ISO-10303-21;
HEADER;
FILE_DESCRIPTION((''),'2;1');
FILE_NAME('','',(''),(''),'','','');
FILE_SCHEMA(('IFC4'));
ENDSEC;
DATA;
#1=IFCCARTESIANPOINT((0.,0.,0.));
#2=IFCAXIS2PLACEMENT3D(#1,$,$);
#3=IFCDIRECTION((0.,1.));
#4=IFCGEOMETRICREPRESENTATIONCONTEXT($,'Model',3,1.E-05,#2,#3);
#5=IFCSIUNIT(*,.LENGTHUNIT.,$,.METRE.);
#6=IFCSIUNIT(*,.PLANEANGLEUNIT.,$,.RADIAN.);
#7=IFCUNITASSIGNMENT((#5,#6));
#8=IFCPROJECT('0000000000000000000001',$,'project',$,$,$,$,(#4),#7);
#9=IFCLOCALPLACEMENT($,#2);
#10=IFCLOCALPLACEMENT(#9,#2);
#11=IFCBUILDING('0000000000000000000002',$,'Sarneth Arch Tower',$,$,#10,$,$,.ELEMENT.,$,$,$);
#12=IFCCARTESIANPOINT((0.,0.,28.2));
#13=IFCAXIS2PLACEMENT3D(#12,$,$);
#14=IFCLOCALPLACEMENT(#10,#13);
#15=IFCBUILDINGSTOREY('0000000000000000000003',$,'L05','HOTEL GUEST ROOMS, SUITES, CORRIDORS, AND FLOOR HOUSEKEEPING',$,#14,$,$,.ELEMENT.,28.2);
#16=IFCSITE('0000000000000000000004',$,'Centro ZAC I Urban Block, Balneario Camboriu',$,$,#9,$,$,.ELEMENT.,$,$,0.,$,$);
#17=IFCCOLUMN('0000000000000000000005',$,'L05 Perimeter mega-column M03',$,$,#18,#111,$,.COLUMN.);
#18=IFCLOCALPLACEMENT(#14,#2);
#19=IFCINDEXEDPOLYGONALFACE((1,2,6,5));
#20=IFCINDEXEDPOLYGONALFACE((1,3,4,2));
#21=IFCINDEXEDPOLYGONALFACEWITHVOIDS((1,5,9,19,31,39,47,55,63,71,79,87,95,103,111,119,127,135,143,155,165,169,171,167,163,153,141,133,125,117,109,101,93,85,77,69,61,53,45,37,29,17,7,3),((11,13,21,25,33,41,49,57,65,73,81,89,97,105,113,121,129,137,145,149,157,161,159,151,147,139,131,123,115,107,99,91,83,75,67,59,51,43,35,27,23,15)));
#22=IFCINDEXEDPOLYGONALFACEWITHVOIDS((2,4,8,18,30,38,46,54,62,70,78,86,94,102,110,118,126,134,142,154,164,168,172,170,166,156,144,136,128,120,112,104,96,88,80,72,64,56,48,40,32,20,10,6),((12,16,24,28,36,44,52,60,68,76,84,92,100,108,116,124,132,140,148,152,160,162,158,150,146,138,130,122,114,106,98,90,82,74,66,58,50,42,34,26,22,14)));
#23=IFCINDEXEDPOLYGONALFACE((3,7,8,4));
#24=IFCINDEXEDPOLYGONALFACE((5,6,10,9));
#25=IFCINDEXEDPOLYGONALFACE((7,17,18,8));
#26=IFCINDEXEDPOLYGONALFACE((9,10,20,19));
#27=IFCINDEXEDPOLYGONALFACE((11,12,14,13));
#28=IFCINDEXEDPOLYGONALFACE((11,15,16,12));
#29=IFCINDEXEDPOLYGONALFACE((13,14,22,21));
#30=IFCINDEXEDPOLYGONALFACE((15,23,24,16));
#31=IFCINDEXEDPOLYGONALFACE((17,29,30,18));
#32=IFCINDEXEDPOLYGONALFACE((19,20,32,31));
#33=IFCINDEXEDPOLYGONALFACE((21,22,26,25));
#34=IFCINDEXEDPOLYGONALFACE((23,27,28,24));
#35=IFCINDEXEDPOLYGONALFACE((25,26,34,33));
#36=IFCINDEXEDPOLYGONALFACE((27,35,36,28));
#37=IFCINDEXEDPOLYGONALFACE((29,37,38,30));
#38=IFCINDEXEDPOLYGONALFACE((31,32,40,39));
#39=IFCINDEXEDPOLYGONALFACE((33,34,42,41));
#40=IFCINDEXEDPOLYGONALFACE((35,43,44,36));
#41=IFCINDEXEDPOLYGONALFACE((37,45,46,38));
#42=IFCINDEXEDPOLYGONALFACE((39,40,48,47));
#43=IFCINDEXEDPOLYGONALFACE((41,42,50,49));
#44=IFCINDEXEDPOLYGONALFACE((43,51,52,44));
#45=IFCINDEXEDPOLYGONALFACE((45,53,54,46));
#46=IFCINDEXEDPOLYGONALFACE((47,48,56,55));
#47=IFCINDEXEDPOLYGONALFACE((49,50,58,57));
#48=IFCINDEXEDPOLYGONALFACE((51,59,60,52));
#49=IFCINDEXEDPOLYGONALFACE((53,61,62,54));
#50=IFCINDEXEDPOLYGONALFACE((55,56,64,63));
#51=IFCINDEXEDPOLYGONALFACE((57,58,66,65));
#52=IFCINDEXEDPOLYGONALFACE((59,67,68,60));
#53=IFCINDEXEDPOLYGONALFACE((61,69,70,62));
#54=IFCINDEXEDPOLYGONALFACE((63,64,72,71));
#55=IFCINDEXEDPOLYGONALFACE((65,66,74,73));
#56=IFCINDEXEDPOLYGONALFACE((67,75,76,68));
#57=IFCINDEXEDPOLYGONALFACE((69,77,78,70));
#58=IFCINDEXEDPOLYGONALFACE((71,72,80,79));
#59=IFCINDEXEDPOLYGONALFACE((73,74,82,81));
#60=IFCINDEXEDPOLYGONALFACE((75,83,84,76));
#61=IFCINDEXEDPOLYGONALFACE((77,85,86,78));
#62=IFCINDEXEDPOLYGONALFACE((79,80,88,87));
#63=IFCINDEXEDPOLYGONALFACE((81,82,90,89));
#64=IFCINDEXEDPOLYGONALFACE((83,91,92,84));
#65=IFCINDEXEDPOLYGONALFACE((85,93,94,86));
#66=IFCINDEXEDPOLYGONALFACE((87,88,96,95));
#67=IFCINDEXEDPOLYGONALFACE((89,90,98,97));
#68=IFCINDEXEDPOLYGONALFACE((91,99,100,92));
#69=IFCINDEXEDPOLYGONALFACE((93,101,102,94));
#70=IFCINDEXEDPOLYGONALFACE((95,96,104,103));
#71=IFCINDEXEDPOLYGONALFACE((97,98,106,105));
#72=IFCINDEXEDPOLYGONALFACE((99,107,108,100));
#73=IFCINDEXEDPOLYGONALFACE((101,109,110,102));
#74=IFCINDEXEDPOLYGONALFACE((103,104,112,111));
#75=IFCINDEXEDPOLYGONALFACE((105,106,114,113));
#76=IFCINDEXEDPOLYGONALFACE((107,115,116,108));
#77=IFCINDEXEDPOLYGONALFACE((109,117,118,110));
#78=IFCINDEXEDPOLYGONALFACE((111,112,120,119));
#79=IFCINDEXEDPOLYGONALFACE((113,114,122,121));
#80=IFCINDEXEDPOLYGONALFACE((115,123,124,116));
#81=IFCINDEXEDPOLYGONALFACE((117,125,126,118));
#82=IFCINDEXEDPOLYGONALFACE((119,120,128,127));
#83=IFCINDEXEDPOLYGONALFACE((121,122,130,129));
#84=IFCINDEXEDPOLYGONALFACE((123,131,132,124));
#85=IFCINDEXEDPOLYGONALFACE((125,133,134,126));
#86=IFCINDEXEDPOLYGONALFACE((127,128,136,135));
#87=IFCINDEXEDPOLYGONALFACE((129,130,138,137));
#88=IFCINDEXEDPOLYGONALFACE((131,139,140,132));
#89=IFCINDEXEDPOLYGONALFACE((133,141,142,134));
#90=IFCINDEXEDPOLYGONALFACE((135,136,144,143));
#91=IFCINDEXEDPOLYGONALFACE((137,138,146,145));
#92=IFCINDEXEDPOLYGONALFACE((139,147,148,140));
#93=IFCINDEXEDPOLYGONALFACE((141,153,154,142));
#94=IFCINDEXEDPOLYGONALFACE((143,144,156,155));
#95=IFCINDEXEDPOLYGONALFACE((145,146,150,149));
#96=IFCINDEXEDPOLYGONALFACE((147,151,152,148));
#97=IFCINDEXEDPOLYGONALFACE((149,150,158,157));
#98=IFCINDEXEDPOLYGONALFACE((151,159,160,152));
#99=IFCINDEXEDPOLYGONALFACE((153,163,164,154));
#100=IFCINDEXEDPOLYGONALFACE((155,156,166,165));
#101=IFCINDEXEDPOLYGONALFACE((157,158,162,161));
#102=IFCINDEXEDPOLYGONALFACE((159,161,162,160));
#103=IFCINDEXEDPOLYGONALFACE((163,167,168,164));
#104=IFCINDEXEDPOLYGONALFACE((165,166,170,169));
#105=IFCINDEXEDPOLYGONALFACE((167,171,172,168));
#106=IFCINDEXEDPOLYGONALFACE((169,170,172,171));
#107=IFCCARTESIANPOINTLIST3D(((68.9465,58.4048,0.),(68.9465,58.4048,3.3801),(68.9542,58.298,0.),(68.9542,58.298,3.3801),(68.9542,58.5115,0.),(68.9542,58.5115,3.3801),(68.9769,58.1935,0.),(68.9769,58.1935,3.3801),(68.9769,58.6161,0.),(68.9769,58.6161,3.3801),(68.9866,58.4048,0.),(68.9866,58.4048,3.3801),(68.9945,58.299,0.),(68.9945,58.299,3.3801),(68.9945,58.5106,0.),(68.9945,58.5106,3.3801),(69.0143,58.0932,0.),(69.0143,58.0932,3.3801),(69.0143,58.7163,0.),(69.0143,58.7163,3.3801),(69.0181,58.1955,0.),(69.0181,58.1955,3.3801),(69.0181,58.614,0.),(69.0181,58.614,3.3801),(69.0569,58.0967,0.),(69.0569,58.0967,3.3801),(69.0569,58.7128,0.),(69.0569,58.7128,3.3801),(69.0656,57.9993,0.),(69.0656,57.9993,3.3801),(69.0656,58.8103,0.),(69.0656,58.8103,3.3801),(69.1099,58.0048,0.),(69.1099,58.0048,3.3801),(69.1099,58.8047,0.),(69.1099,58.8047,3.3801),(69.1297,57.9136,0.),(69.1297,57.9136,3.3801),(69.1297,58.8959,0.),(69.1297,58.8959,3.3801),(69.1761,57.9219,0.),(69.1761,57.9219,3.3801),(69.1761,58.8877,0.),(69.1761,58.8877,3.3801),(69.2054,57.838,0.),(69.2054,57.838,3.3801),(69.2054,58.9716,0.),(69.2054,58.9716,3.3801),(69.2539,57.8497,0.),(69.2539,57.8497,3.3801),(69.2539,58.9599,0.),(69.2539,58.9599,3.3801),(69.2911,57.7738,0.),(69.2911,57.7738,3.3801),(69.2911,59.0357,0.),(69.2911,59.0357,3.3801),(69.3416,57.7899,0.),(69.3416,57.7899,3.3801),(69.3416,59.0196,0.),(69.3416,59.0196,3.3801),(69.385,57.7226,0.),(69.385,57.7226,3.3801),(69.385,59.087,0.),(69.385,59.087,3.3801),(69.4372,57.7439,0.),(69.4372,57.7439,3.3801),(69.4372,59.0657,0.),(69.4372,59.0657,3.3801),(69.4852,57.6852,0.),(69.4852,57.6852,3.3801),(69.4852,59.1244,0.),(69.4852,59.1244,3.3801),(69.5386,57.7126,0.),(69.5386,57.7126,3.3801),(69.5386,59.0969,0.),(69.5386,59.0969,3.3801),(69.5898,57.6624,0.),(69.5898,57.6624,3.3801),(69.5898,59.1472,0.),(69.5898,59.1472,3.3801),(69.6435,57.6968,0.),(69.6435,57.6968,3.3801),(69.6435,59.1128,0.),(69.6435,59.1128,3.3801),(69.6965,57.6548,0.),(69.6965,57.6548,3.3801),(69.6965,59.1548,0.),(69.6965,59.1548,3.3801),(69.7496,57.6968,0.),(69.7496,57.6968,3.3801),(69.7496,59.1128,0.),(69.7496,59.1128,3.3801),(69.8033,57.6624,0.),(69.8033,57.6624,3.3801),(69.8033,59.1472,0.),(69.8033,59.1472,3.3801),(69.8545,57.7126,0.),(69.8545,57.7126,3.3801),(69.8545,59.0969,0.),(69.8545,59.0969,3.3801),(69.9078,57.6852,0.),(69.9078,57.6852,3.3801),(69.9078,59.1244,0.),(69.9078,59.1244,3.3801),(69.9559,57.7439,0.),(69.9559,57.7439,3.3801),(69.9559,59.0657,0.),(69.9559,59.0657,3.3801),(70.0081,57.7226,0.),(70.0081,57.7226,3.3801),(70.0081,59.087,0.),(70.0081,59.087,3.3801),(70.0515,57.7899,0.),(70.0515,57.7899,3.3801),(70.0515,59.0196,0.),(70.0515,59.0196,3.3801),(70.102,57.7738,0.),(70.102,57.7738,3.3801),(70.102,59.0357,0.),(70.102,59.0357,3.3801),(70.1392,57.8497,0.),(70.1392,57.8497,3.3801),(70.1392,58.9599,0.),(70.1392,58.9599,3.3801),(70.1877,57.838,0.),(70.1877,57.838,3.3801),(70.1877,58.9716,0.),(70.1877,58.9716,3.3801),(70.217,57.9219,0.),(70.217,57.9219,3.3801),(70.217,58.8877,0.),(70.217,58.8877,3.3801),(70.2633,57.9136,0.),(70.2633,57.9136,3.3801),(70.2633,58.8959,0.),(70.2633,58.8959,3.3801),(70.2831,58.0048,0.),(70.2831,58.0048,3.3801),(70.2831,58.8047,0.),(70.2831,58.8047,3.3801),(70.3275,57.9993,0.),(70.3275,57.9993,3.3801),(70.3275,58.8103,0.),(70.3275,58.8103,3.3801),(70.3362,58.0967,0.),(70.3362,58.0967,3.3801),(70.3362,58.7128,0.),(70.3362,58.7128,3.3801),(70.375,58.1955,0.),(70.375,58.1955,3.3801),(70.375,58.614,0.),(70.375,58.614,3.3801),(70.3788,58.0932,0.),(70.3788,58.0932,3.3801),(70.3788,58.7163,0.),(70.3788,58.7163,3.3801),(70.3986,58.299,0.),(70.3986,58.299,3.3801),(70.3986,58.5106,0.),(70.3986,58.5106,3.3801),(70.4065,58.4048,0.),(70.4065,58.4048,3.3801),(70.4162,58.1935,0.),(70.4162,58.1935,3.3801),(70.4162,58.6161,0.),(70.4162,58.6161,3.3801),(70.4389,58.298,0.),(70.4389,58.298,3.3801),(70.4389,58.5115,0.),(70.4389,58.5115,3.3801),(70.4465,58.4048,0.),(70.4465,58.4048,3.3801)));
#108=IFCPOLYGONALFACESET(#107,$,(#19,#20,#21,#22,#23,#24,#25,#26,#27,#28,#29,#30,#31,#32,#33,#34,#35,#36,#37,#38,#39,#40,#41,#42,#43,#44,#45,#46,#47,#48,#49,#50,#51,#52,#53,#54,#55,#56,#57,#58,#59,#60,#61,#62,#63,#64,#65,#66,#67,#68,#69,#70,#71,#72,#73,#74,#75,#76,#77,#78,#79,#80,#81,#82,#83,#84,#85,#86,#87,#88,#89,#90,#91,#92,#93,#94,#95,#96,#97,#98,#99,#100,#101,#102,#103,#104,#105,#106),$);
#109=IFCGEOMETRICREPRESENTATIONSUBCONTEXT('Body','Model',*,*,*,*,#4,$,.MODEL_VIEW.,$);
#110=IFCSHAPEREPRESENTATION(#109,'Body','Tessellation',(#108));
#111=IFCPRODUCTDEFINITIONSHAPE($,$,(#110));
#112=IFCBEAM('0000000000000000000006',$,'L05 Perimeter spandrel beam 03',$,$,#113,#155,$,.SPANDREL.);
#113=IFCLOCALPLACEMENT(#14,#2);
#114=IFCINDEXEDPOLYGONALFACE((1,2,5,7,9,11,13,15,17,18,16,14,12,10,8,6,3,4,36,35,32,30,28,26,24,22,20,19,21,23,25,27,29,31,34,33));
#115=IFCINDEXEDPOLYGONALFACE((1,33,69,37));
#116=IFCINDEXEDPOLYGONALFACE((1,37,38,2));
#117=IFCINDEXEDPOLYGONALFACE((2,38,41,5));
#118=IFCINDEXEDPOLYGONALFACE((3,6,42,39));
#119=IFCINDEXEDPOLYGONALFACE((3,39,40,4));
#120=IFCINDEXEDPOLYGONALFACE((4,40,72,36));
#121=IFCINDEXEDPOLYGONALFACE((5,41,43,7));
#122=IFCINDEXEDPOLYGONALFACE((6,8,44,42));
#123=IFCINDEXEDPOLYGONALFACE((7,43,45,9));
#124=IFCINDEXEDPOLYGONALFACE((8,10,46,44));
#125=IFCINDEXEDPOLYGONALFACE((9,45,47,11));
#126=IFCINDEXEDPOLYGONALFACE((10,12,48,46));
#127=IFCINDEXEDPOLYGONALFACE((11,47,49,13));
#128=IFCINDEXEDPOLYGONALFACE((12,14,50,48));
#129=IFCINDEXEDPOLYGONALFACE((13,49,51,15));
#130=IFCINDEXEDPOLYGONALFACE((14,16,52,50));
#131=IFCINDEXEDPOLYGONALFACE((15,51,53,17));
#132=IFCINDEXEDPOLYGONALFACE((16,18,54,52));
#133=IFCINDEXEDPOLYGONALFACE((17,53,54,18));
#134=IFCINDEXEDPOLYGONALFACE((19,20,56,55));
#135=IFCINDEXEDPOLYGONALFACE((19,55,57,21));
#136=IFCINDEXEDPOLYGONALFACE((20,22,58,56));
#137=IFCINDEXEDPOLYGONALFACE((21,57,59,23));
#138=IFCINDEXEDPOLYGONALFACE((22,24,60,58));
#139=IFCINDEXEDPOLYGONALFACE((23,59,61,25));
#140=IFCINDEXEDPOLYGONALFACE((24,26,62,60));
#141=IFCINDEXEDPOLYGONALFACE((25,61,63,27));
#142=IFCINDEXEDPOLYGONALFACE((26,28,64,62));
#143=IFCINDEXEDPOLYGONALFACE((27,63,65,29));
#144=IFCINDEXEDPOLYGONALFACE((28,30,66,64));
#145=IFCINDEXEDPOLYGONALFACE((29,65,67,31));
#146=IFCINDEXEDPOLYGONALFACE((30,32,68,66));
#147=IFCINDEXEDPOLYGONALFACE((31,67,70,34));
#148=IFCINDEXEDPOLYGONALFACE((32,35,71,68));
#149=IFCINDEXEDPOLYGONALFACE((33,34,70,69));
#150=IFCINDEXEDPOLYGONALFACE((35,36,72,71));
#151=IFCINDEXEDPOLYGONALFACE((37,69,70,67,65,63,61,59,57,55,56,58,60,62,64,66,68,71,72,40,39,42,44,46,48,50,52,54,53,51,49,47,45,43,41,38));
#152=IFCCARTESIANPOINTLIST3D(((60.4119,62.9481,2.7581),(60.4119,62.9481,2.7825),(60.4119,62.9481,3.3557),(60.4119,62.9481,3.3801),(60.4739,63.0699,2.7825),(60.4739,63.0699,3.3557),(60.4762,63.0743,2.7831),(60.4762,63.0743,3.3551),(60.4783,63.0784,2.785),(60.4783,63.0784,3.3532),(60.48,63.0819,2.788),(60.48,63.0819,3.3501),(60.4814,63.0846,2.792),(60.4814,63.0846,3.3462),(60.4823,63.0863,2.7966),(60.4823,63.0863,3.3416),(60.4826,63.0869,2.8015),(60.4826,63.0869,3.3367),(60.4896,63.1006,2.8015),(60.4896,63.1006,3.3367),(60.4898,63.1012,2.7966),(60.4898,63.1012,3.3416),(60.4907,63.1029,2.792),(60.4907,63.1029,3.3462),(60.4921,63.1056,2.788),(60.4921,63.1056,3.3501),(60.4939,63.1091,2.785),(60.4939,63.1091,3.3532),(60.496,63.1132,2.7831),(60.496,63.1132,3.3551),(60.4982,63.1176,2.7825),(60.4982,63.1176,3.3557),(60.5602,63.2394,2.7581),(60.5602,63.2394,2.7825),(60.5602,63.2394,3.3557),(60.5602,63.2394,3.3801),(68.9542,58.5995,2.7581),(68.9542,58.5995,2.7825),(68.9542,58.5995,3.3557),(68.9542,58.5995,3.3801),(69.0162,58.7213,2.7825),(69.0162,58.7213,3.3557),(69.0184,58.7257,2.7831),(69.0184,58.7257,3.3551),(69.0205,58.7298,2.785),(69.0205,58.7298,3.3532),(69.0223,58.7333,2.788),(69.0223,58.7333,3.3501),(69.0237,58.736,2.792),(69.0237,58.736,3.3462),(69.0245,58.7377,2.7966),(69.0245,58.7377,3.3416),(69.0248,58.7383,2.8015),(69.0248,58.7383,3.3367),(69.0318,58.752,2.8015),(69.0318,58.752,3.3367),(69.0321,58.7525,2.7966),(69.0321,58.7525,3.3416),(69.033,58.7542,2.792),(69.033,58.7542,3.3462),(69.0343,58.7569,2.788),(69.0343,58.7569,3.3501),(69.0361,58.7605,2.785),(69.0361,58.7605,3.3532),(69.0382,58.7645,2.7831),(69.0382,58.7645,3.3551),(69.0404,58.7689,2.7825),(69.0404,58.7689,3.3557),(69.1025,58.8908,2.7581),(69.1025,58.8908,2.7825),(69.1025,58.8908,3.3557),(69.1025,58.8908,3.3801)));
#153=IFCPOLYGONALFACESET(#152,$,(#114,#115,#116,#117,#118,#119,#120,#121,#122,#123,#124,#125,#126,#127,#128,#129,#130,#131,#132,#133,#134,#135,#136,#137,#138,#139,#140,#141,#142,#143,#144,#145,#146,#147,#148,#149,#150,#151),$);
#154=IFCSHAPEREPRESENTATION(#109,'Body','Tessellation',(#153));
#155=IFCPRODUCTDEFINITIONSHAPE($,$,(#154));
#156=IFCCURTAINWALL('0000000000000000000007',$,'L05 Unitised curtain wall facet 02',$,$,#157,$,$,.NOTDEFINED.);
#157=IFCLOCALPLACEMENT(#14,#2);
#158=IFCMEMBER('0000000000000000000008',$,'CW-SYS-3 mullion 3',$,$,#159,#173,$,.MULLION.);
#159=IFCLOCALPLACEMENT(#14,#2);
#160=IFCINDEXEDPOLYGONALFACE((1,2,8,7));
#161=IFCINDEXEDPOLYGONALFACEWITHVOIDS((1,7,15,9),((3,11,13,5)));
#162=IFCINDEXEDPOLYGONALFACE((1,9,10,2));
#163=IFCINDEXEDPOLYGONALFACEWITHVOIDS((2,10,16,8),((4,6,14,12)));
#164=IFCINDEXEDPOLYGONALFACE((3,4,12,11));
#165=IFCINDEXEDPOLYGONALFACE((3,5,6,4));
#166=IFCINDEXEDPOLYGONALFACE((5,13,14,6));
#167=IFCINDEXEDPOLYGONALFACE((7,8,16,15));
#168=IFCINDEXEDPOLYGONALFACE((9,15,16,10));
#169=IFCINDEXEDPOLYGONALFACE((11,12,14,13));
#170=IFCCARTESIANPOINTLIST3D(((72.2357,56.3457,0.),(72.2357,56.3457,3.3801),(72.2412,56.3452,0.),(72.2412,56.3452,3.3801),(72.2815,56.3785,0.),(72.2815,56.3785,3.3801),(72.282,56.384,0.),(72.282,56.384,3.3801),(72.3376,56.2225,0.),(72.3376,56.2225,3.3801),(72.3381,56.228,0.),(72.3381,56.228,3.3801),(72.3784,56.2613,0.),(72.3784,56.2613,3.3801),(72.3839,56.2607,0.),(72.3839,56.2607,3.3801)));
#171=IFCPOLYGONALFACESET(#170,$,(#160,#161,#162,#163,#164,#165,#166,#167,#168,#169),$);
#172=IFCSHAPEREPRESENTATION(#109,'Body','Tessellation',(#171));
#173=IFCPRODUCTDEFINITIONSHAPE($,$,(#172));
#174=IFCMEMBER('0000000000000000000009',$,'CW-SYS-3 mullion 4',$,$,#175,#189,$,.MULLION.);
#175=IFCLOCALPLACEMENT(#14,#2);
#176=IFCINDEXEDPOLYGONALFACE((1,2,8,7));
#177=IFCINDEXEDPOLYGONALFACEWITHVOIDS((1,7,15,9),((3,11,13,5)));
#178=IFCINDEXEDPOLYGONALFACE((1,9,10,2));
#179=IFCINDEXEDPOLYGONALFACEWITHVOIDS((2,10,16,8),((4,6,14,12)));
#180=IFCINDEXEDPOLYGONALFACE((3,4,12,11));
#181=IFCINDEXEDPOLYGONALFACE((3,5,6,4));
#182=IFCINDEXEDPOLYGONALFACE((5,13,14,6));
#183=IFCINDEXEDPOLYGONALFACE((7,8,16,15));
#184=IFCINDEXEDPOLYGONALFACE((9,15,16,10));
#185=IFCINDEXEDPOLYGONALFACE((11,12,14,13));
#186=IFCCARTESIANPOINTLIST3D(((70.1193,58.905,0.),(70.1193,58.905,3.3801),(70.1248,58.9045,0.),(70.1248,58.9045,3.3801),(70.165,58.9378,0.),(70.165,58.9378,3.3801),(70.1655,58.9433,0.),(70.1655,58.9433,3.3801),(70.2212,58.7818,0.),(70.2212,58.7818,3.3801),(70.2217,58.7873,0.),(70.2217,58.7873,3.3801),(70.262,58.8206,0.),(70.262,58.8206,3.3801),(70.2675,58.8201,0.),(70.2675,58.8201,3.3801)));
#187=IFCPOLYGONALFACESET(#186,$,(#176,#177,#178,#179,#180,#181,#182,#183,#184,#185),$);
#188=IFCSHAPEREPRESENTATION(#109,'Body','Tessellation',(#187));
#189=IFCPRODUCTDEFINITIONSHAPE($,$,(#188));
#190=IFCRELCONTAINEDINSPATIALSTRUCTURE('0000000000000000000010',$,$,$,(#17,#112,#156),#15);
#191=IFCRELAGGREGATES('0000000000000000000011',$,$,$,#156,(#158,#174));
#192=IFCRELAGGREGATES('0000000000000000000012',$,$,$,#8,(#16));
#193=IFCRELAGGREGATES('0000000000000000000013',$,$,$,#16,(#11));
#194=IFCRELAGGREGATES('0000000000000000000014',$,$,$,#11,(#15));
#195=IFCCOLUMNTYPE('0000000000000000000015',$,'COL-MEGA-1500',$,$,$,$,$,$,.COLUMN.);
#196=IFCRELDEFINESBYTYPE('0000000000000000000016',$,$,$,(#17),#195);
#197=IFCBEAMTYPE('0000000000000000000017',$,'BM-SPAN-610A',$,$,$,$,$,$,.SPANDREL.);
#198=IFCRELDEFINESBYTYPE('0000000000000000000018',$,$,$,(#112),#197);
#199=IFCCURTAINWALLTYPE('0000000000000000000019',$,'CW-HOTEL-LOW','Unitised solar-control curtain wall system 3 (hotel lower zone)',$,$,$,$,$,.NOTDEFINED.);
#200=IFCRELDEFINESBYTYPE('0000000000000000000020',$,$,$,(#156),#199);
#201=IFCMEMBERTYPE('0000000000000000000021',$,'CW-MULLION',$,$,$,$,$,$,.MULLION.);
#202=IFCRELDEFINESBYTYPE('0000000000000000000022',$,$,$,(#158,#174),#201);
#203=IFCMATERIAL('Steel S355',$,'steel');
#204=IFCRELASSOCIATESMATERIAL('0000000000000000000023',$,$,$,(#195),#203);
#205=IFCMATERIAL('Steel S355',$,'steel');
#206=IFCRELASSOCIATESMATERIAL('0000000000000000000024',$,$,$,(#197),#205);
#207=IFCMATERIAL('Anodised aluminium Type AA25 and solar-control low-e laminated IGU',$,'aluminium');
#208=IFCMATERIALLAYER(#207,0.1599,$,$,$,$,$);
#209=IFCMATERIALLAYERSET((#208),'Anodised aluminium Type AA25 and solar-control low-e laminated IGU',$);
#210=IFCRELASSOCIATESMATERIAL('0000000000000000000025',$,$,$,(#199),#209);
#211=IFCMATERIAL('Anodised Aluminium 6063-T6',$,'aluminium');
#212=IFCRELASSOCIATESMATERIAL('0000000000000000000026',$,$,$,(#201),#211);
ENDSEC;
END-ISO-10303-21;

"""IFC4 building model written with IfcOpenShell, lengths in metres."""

from ifc_helpers import new_model, si_unit, direction, frame, origin, origin_2d, place, context, subcontext, project, spatial, hollow_rectangle, hollow_circle, i_section, extrude, material, layer, layer_set, material_profile, profile_set, type_object, element, aggregate, save


model = new_model("IFC4")

# Units and contexts
model_context = context("Model", 3, precision=1e-05, world=origin(), true_north=direction((0.0, 1.0)))
body_context = subcontext(model_context, "Body", "Model", "MODEL_VIEW")
ifc_project = project(units=[si_unit("LENGTHUNIT", "METRE"), si_unit("PLANEANGLEUNIT", "RADIAN")], contexts=[model_context])

# Site, building, storey
site_placement = place(None, origin())
site = spatial("IfcSite", under=ifc_project, at=site_placement, Name="Centro ZAC I Urban Block, Balneario Camboriu", CompositionType="ELEMENT", RefElevation=0.0)
building_placement = place(site_placement, origin())
building = spatial("IfcBuilding", under=site, at=building_placement, Name="Sarneth Arch Tower", CompositionType="ELEMENT")
storey_placement = place(building_placement, frame((0.0, 0.0, 28.2)))
storey = spatial("IfcBuildingStorey", under=building, at=storey_placement, Name="L05", Description="HOTEL GUEST ROOMS, SUITES, CORRIDORS, AND FLOOR HOUSEKEEPING", CompositionType="ELEMENT", Elevation=28.2)

# Column
ifc_material_1 = material(Name="Steel S355", Category="steel")
ifc_material_profile_1 = material_profile(ifc_material_1, hollow_circle(Radius=0.75, WallThickness=0.04, at=origin_2d()), Name="CHS1500x40")
ifc_profile_set_1 = profile_set([ifc_material_profile_1], Name="Steel S355")
column_type = type_object("IfcColumnType", Name="COL-MEGA-1500", PredefinedType="COLUMN", material=ifc_profile_set_1)
column_placement = place(storey_placement, frame((69.6965, 58.4048, 0.0), z_axis=(0.0, 0.0, 1.0), x_axis=(1.0, 0.0, 0.0)))
element("IfcColumn", 1, at=column_placement, inside=storey, type_object=column_type, Name="L05 Perimeter mega-column M03", PredefinedType="COLUMN", context=body_context, shape_type="SweptSolid", body=[
    extrude(hollow_circle(Radius=0.75, WallThickness=0.04, at=origin_2d()), origin(), (0.0, 0.0, 1.0), 3.3801),
])

# Beam
ifc_material_2 = material(Name="Steel S355", Category="steel")
ifc_material_profile_2 = material_profile(ifc_material_2, i_section(OverallWidth=0.3269, OverallDepth=0.6221, WebThickness=0.0154, FlangeThickness=0.0244, FilletRadius=0.019, at=origin_2d()), Name="W610x195")
ifc_profile_set_2 = profile_set([ifc_material_profile_2], Name="Steel S355")
beam_type = type_object("IfcBeamType", Name="BM-SPAN-610A", PredefinedType="SPANDREL", material=ifc_profile_set_2)
beam_placement = place(storey_placement, frame((69.0283, 58.7451, 3.0691), z_axis=(-0.891169, 0.453671, 0.0), x_axis=(-0.453671, -0.891169, 0.0)))
element("IfcBeam", 2, at=beam_placement, inside=storey, type_object=beam_type, Name="L05 Perimeter spandrel beam 03", PredefinedType="SPANDREL", context=body_context, shape_type="SweptSolid", body=[
    extrude(i_section(OverallWidth=0.3269, OverallDepth=0.6221, WebThickness=0.0154, FlangeThickness=0.0244, FilletRadius=0.019, at=origin_2d()), origin(), (0.0, 0.0, 1.0), 9.5854),
])

# Curtain wall, members
ifc_material_3 = material(Name="Anodised aluminium Type AA25 and solar-control low-e laminated IGU", Category="aluminium")
ifc_layer_1 = layer(ifc_material_3, 0.1599)
ifc_layer_set_1 = layer_set([ifc_layer_1], Name="Anodised aluminium Type AA25 and solar-control low-e laminated IGU")
curtain_wall_type = type_object("IfcCurtainWallType", Name="CW-HOTEL-LOW", Description="Unitised solar-control curtain wall system 3 (hotel lower zone)", PredefinedType="NOTDEFINED", material=ifc_layer_set_1)
curtain_wall_placement = place(storey_placement, origin())
curtain_wall = element("IfcCurtainWall", 3, at=curtain_wall_placement, inside=storey, type_object=curtain_wall_type, Name="L05 Unitised curtain wall facet 02", PredefinedType="NOTDEFINED")
ifc_material_4 = material(Name="Anodised Aluminium 6063-T6", Category="aluminium")
ifc_material_profile_3 = material_profile(ifc_material_4, hollow_rectangle(XDim=0.0601, YDim=0.1599, WallThickness=0.0039, at=origin_2d()), Name="AL-MULL-160x60x4")
ifc_profile_set_3 = profile_set([ifc_material_profile_3], Name="Anodised Aluminium 6063-T6")
member_type_1 = type_object("IfcMemberType", Name="CW-MULLION", PredefinedType="MULLION", material=ifc_profile_set_3)
member_1_placement = place(storey_placement, frame((72.3098, 56.3032, 0.0), z_axis=(0.0, 0.0, 1.0), x_axis=(-0.770623, -0.637291, 0.0)))
member_1 = element("IfcMember", 4, at=member_1_placement, type_object=member_type_1, Name="CW-SYS-3 mullion 3", PredefinedType="MULLION", context=body_context, shape_type="SweptSolid", body=[
    extrude(hollow_rectangle(XDim=0.0601, YDim=0.1599, WallThickness=0.0039, at=origin_2d()), origin(), (0.0, 0.0, 1.0), 3.3801),
])
member_2_placement = place(storey_placement, frame((70.1934, 58.8625, 0.0), z_axis=(0.0, 0.0, 1.0), x_axis=(-0.770623, -0.637291, 0.0)))
member_2 = element("IfcMember", 5, at=member_2_placement, type_object=member_type_1, Name="CW-SYS-3 mullion 4", PredefinedType="MULLION", context=body_context, shape_type="SweptSolid", body=[
    extrude(hollow_rectangle(XDim=0.0601, YDim=0.1599, WallThickness=0.0039, at=origin_2d()), origin(), (0.0, 0.0, 1.0), 3.3801),
])

aggregate(curtain_wall, [member_1, member_2])

save(model, "model.ifc")
